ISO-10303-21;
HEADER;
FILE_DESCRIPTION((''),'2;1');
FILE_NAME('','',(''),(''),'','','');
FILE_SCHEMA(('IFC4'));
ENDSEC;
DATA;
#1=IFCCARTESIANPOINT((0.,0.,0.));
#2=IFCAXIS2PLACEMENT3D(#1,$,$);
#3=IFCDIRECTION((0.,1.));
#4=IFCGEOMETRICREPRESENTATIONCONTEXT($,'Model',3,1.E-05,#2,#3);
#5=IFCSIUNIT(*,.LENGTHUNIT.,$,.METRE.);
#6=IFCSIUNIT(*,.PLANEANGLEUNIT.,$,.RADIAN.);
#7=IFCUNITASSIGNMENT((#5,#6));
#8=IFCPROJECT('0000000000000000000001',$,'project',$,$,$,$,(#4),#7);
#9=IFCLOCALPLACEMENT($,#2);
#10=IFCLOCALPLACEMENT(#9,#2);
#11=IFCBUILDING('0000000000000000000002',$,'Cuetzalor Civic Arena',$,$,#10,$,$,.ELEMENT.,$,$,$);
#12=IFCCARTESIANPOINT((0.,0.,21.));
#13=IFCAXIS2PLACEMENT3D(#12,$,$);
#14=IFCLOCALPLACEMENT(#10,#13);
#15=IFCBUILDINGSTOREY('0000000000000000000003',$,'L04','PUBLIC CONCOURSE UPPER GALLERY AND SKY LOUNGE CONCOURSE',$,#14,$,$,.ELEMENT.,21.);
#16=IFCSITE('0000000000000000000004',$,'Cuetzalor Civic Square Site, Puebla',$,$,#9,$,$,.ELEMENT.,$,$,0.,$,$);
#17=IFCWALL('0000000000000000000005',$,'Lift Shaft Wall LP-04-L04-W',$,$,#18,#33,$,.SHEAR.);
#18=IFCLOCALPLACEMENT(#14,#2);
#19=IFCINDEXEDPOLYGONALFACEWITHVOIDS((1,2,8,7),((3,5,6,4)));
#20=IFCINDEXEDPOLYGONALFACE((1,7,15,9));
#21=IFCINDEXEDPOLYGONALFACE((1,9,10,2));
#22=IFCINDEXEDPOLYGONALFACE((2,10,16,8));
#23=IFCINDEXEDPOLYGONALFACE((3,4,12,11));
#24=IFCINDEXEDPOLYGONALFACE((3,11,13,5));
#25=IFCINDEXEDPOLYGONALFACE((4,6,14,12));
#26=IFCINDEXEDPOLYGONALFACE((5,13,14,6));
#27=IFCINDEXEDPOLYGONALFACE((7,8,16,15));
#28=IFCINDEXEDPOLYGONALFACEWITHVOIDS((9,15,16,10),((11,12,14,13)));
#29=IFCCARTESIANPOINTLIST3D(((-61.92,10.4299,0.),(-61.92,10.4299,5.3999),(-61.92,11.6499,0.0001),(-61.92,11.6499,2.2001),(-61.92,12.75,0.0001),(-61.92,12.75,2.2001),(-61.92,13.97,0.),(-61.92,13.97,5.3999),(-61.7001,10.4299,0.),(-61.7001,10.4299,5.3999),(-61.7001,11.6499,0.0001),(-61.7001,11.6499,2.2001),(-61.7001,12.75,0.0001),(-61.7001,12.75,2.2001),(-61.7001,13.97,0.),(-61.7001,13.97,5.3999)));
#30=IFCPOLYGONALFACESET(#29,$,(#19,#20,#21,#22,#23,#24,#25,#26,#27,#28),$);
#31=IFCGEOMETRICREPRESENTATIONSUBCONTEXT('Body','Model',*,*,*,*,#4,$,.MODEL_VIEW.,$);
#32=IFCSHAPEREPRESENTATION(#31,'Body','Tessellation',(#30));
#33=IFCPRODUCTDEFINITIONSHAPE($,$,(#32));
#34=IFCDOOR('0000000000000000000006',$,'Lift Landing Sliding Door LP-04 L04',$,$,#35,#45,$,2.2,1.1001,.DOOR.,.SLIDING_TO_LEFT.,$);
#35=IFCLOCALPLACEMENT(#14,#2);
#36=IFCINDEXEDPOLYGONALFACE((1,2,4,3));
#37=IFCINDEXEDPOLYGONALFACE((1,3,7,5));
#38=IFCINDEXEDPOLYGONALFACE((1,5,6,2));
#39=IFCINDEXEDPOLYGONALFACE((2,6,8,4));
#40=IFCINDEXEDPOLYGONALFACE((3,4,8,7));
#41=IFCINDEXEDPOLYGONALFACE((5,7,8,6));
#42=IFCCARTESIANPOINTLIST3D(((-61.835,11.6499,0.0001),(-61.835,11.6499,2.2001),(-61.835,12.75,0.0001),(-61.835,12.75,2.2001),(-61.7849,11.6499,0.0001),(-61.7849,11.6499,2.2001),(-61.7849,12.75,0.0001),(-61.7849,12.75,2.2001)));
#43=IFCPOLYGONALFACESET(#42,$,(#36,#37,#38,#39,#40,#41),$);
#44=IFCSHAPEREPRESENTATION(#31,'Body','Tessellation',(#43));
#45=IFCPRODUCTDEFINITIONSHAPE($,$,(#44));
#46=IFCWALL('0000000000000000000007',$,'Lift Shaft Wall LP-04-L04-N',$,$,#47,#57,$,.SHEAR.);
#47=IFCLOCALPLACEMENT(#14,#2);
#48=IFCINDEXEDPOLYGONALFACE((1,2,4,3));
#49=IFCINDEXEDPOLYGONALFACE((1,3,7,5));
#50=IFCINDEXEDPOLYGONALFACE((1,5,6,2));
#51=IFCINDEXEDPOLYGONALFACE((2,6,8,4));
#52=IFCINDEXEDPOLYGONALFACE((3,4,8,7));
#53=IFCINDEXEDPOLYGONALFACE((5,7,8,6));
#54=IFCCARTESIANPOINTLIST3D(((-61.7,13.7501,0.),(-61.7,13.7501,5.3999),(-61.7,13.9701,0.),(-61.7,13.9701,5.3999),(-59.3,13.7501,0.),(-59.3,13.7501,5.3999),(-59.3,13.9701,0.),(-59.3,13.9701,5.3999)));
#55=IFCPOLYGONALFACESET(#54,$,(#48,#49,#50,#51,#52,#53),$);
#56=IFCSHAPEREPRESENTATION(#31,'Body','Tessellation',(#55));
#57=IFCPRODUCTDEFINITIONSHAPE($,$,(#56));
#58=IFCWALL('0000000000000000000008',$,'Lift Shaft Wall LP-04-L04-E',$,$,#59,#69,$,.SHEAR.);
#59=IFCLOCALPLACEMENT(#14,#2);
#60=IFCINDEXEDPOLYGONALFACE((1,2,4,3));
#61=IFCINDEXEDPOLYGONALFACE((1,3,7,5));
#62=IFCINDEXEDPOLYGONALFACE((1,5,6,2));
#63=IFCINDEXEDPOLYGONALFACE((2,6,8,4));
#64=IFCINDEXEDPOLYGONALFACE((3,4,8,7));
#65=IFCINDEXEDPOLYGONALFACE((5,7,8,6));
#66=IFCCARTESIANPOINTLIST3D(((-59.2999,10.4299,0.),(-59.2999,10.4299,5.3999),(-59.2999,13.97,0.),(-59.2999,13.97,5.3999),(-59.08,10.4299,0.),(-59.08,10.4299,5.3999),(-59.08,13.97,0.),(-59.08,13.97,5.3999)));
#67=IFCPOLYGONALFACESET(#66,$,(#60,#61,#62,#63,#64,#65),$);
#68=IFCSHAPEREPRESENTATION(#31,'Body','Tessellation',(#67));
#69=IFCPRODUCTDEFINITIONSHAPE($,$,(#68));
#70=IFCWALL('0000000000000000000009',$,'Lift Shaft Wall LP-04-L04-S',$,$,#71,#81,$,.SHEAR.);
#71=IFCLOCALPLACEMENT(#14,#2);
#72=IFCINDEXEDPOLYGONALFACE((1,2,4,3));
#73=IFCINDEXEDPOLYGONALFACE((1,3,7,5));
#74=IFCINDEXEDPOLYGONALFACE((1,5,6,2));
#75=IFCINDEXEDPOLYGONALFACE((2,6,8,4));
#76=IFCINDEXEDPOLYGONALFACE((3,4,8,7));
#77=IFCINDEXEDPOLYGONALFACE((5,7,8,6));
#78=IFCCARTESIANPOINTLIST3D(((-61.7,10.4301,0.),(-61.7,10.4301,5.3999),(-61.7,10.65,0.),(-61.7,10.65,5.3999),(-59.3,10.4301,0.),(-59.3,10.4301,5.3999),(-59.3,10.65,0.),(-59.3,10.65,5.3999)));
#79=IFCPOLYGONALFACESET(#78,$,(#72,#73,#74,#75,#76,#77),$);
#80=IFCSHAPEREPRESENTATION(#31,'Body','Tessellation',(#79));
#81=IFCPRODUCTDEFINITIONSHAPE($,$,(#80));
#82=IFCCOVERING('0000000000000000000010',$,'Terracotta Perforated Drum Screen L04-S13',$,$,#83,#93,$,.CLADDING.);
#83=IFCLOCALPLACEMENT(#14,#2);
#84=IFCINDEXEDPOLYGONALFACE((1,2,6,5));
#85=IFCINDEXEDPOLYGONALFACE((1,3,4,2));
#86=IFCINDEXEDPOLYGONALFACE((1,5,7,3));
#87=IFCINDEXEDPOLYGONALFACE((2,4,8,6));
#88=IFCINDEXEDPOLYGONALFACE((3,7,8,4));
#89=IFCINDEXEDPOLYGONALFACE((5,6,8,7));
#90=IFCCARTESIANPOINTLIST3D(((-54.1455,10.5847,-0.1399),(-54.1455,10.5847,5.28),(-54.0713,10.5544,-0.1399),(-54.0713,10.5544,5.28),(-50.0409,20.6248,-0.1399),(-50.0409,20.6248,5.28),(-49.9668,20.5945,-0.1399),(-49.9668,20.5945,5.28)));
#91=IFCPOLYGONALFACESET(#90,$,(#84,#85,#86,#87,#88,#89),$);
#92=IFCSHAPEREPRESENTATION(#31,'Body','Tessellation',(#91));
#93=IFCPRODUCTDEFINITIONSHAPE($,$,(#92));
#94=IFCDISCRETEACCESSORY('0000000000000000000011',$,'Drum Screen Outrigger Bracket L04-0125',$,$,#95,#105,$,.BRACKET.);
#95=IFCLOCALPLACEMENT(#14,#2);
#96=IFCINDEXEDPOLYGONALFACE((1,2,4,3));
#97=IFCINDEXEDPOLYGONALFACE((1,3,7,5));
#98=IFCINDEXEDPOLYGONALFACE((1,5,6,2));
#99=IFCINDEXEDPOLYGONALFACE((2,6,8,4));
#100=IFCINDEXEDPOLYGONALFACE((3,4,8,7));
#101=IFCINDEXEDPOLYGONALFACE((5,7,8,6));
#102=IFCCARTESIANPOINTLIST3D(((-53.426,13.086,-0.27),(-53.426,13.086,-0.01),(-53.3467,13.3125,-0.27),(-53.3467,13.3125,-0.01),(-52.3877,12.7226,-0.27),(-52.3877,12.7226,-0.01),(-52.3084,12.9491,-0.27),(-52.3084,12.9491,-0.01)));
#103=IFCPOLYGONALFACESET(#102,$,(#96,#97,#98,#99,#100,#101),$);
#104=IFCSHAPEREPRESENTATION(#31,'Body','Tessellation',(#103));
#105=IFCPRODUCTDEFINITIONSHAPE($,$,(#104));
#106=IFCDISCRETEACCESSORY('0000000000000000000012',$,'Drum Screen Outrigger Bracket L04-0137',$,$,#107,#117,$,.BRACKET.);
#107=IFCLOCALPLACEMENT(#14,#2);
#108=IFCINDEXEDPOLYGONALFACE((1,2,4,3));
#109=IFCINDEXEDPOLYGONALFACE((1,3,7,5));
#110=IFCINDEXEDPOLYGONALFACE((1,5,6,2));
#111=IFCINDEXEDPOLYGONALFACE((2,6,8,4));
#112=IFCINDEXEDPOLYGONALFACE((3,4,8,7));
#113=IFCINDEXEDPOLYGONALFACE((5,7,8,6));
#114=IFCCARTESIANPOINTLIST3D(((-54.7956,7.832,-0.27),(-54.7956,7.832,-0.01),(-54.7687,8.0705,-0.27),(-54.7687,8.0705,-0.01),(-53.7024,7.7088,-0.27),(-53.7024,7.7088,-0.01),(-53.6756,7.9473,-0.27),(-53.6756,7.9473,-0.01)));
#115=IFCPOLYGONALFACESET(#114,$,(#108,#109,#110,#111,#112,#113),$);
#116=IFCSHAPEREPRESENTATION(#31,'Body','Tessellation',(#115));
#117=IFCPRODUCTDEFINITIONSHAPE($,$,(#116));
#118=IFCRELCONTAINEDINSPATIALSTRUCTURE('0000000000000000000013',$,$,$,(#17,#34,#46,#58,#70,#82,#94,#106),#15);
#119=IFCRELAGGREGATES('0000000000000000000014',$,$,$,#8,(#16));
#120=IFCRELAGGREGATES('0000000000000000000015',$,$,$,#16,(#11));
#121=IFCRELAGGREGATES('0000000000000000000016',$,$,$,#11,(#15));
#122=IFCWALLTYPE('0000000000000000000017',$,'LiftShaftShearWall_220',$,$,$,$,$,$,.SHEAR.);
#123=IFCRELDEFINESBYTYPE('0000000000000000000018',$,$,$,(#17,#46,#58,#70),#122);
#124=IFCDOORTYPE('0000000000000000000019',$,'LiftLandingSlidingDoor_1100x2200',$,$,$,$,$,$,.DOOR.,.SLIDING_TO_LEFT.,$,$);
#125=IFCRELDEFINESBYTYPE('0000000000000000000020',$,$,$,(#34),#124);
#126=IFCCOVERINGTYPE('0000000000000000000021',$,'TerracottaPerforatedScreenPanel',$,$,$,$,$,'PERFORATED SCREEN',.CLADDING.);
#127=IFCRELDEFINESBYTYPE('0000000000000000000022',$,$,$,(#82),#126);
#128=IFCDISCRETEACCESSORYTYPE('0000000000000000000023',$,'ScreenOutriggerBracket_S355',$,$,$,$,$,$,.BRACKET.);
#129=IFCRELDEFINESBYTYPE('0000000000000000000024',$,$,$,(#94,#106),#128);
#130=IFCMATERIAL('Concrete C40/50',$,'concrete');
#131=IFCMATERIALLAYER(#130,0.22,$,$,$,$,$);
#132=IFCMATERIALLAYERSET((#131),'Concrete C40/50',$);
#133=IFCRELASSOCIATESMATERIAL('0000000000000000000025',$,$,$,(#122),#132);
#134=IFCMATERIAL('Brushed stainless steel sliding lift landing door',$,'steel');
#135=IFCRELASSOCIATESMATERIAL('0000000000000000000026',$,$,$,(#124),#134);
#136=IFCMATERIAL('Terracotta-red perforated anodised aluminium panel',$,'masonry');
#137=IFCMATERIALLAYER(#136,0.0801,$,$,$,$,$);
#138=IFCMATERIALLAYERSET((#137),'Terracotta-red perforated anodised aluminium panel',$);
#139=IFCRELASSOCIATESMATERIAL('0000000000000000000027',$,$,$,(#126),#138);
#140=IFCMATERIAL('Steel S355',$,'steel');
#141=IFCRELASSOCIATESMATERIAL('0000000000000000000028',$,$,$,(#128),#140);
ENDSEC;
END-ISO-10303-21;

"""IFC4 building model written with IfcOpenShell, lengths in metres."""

from ifc_helpers import new_model, si_unit, direction, frame, frame_2d, origin, origin_2d, place, context, subcontext, project, spatial, rectangle, extrude, material, layer, layer_set, type_object, element, fill, save


model = new_model("IFC4")

# Units and contexts
model_context = context("Model", 3, precision=1e-05, world=origin(), true_north=direction((0.0, 1.0)))
body_context = subcontext(model_context, "Body", "Model", "MODEL_VIEW")
ifc_project = project(units=[si_unit("LENGTHUNIT", "METRE"), si_unit("PLANEANGLEUNIT", "RADIAN")], contexts=[model_context])

# Site, building, storey
site_placement = place(None, origin())
site = spatial("IfcSite", under=ifc_project, at=site_placement, Name="Cuetzalor Civic Square Site, Puebla", CompositionType="ELEMENT", RefElevation=0.0)
building_placement = place(site_placement, origin())
building = spatial("IfcBuilding", under=site, at=building_placement, Name="Cuetzalor Civic Arena", CompositionType="ELEMENT")
storey_placement = place(building_placement, frame((0.0, 0.0, 21.0)))
storey = spatial("IfcBuildingStorey", under=building, at=storey_placement, Name="L04", Description="PUBLIC CONCOURSE UPPER GALLERY AND SKY LOUNGE CONCOURSE", CompositionType="ELEMENT", Elevation=21.0)

# Shared definitions
ifc_material_1 = material(Name="Concrete C40/50", Category="concrete")
ifc_layer_1 = layer(ifc_material_1, 0.22)
ifc_layer_set_1 = layer_set([ifc_layer_1], Name="Concrete C40/50")
wall_type = type_object("IfcWallType", Name="LiftShaftShearWall_220", PredefinedType="SHEAR", material=ifc_layer_set_1)

# Wall, opening, door
wall_1_placement = place(storey_placement, frame((-61.8101, 10.4299, 0.0), z_axis=(0.0, 0.0, 1.0), x_axis=(0.0, 1.0, 0.0)))
wall_1 = element("IfcWall", 1, at=wall_1_placement, inside=storey, type_object=wall_type, Name="Lift Shaft Wall LP-04-L04-W", PredefinedType="SHEAR", context=body_context, shape_type="SweptSolid", body=[
    extrude(rectangle(XDim=3.54, YDim=0.22, at=frame_2d((1.77, 0.0))), origin(), (0.0, 0.0, 1.0), 5.3999),
])
opening_placement = place(wall_1_placement, frame((1.22, 0.0, 0.0)))
opening = element("IfcOpeningElement", 2, at=opening_placement, cuts=wall_1, PredefinedType="OPENING", context=body_context, shape_type="SweptSolid", body=[
    extrude(rectangle(XDim=1.1001, YDim=2.2, at=frame_2d((0.55, 1.1001))), frame((0.0, 0.1201, 0.0), z_axis=(0.0, -1.0, 0.0), x_axis=(1.0, 0.0, 0.0)), (0.0, 0.0, 1.0), 0.24),
])
ifc_material_2 = material(Name="Brushed stainless steel sliding lift landing door", Category="steel")
door_type = type_object("IfcDoorType", Name="LiftLandingSlidingDoor_1100x2200", OperationType="SLIDING_TO_LEFT", PredefinedType="DOOR", material=ifc_material_2)
door_placement = place(opening_placement, origin())
door = element("IfcDoor", 3, at=door_placement, inside=storey, type_object=door_type, Name="Lift Landing Sliding Door LP-04 L04", OperationType="SLIDING_TO_LEFT", OverallHeight=2.2, OverallWidth=1.1001, PredefinedType="DOOR", context=body_context, shape_type="SweptSolid", body=[
    extrude(rectangle(XDim=1.1001, YDim=2.2, at=frame_2d((0.55, 1.1001))), frame((0.0, 0.0249, 0.0), z_axis=(0.0, -1.0, 0.0), x_axis=(1.0, 0.0, 0.0)), (0.0, 0.0, 1.0), 0.05),
])
fill(opening, door)

# Walls
wall_2_placement = place(storey_placement, frame((-61.7, 13.8601, 0.0), z_axis=(0.0, 0.0, 1.0), x_axis=(1.0, 0.0, 0.0)))
element("IfcWall", 4, at=wall_2_placement, inside=storey, type_object=wall_type, Name="Lift Shaft Wall LP-04-L04-N", PredefinedType="SHEAR", context=body_context, shape_type="SweptSolid", body=[
    extrude(rectangle(XDim=2.3999, YDim=0.22, at=frame_2d((1.2, 0.0))), origin(), (0.0, 0.0, 1.0), 5.3999),
])
wall_3_placement = place(storey_placement, frame((-59.1899, 13.97, 0.0), z_axis=(0.0, 0.0, 1.0), x_axis=(0.0, -1.0, 0.0)))
element("IfcWall", 5, at=wall_3_placement, inside=storey, type_object=wall_type, Name="Lift Shaft Wall LP-04-L04-E", PredefinedType="SHEAR", context=body_context, shape_type="SweptSolid", body=[
    extrude(rectangle(XDim=3.54, YDim=0.22, at=frame_2d((1.77, 0.0))), origin(), (0.0, 0.0, 1.0), 5.3999),
])
wall_4_placement = place(storey_placement, frame((-59.3, 10.54, 0.0), z_axis=(0.0, 0.0, 1.0), x_axis=(-1.0, 0.0, 0.0)))
element("IfcWall", 6, at=wall_4_placement, inside=storey, type_object=wall_type, Name="Lift Shaft Wall LP-04-L04-S", PredefinedType="SHEAR", context=body_context, shape_type="SweptSolid", body=[
    extrude(rectangle(XDim=2.3999, YDim=0.22, at=frame_2d((1.2, 0.0))), origin(), (0.0, 0.0, 1.0), 5.3999),
])

# Covering
ifc_material_3 = material(Name="Terracotta-red perforated anodised aluminium panel", Category="masonry")
ifc_layer_2 = layer(ifc_material_3, 0.0801)
ifc_layer_set_2 = layer_set([ifc_layer_2], Name="Terracotta-red perforated anodised aluminium panel")
covering_type = type_object("IfcCoveringType", Name="TerracottaPerforatedScreenPanel", ElementType="PERFORATED SCREEN", PredefinedType="CLADDING", material=ifc_layer_set_2)
covering_placement = place(storey_placement, frame((-54.1084, 10.5696, -0.1399), z_axis=(0.0, 0.0, 1.0), x_axis=(0.378412, 0.925637, 0.0)))
element("IfcCovering", 7, at=covering_placement, inside=storey, type_object=covering_type, Name="Terracotta Perforated Drum Screen L04-S13", PredefinedType="CLADDING", context=body_context, shape_type="SweptSolid", body=[
    extrude(rectangle(XDim=10.8467, YDim=0.0801, at=frame_2d((5.4233, 0.0))), origin(), (0.0, 0.0, 1.0), 5.4199),
])

# Discrete accessories
ifc_material_4 = material(Name="Steel S355", Category="steel")
discrete_accessory_type = type_object("IfcDiscreteAccessoryType", Name="ScreenOutriggerBracket_S355", PredefinedType="BRACKET", material=ifc_material_4)
for number, where, z_axis, x_axis, name in (
    (8, (-52.8672, 13.0176, -0.27), (0.0, 0.0, 1.0), (-0.943859, 0.33035, 0.0), "Drum Screen Outrigger Bracket L04-0125"),
    (9, (-54.2356, 7.8896, -0.27), (0.0, 0.0, 1.0), (-0.993709, 0.111989, 0.0), "Drum Screen Outrigger Bracket L04-0137"),
):
    element("IfcDiscreteAccessory", number, at=place(storey_placement, frame(where, z_axis=z_axis, x_axis=x_axis)), inside=storey, type_object=discrete_accessory_type, Name=name, PredefinedType="BRACKET", context=body_context, shape_type="SweptSolid", body=[
        extrude(rectangle(XDim=1.1001, YDim=0.24, at=origin_2d()), origin(), (0.0, 0.0, 1.0), 0.26),
    ])

save(model, "model.ifc")
